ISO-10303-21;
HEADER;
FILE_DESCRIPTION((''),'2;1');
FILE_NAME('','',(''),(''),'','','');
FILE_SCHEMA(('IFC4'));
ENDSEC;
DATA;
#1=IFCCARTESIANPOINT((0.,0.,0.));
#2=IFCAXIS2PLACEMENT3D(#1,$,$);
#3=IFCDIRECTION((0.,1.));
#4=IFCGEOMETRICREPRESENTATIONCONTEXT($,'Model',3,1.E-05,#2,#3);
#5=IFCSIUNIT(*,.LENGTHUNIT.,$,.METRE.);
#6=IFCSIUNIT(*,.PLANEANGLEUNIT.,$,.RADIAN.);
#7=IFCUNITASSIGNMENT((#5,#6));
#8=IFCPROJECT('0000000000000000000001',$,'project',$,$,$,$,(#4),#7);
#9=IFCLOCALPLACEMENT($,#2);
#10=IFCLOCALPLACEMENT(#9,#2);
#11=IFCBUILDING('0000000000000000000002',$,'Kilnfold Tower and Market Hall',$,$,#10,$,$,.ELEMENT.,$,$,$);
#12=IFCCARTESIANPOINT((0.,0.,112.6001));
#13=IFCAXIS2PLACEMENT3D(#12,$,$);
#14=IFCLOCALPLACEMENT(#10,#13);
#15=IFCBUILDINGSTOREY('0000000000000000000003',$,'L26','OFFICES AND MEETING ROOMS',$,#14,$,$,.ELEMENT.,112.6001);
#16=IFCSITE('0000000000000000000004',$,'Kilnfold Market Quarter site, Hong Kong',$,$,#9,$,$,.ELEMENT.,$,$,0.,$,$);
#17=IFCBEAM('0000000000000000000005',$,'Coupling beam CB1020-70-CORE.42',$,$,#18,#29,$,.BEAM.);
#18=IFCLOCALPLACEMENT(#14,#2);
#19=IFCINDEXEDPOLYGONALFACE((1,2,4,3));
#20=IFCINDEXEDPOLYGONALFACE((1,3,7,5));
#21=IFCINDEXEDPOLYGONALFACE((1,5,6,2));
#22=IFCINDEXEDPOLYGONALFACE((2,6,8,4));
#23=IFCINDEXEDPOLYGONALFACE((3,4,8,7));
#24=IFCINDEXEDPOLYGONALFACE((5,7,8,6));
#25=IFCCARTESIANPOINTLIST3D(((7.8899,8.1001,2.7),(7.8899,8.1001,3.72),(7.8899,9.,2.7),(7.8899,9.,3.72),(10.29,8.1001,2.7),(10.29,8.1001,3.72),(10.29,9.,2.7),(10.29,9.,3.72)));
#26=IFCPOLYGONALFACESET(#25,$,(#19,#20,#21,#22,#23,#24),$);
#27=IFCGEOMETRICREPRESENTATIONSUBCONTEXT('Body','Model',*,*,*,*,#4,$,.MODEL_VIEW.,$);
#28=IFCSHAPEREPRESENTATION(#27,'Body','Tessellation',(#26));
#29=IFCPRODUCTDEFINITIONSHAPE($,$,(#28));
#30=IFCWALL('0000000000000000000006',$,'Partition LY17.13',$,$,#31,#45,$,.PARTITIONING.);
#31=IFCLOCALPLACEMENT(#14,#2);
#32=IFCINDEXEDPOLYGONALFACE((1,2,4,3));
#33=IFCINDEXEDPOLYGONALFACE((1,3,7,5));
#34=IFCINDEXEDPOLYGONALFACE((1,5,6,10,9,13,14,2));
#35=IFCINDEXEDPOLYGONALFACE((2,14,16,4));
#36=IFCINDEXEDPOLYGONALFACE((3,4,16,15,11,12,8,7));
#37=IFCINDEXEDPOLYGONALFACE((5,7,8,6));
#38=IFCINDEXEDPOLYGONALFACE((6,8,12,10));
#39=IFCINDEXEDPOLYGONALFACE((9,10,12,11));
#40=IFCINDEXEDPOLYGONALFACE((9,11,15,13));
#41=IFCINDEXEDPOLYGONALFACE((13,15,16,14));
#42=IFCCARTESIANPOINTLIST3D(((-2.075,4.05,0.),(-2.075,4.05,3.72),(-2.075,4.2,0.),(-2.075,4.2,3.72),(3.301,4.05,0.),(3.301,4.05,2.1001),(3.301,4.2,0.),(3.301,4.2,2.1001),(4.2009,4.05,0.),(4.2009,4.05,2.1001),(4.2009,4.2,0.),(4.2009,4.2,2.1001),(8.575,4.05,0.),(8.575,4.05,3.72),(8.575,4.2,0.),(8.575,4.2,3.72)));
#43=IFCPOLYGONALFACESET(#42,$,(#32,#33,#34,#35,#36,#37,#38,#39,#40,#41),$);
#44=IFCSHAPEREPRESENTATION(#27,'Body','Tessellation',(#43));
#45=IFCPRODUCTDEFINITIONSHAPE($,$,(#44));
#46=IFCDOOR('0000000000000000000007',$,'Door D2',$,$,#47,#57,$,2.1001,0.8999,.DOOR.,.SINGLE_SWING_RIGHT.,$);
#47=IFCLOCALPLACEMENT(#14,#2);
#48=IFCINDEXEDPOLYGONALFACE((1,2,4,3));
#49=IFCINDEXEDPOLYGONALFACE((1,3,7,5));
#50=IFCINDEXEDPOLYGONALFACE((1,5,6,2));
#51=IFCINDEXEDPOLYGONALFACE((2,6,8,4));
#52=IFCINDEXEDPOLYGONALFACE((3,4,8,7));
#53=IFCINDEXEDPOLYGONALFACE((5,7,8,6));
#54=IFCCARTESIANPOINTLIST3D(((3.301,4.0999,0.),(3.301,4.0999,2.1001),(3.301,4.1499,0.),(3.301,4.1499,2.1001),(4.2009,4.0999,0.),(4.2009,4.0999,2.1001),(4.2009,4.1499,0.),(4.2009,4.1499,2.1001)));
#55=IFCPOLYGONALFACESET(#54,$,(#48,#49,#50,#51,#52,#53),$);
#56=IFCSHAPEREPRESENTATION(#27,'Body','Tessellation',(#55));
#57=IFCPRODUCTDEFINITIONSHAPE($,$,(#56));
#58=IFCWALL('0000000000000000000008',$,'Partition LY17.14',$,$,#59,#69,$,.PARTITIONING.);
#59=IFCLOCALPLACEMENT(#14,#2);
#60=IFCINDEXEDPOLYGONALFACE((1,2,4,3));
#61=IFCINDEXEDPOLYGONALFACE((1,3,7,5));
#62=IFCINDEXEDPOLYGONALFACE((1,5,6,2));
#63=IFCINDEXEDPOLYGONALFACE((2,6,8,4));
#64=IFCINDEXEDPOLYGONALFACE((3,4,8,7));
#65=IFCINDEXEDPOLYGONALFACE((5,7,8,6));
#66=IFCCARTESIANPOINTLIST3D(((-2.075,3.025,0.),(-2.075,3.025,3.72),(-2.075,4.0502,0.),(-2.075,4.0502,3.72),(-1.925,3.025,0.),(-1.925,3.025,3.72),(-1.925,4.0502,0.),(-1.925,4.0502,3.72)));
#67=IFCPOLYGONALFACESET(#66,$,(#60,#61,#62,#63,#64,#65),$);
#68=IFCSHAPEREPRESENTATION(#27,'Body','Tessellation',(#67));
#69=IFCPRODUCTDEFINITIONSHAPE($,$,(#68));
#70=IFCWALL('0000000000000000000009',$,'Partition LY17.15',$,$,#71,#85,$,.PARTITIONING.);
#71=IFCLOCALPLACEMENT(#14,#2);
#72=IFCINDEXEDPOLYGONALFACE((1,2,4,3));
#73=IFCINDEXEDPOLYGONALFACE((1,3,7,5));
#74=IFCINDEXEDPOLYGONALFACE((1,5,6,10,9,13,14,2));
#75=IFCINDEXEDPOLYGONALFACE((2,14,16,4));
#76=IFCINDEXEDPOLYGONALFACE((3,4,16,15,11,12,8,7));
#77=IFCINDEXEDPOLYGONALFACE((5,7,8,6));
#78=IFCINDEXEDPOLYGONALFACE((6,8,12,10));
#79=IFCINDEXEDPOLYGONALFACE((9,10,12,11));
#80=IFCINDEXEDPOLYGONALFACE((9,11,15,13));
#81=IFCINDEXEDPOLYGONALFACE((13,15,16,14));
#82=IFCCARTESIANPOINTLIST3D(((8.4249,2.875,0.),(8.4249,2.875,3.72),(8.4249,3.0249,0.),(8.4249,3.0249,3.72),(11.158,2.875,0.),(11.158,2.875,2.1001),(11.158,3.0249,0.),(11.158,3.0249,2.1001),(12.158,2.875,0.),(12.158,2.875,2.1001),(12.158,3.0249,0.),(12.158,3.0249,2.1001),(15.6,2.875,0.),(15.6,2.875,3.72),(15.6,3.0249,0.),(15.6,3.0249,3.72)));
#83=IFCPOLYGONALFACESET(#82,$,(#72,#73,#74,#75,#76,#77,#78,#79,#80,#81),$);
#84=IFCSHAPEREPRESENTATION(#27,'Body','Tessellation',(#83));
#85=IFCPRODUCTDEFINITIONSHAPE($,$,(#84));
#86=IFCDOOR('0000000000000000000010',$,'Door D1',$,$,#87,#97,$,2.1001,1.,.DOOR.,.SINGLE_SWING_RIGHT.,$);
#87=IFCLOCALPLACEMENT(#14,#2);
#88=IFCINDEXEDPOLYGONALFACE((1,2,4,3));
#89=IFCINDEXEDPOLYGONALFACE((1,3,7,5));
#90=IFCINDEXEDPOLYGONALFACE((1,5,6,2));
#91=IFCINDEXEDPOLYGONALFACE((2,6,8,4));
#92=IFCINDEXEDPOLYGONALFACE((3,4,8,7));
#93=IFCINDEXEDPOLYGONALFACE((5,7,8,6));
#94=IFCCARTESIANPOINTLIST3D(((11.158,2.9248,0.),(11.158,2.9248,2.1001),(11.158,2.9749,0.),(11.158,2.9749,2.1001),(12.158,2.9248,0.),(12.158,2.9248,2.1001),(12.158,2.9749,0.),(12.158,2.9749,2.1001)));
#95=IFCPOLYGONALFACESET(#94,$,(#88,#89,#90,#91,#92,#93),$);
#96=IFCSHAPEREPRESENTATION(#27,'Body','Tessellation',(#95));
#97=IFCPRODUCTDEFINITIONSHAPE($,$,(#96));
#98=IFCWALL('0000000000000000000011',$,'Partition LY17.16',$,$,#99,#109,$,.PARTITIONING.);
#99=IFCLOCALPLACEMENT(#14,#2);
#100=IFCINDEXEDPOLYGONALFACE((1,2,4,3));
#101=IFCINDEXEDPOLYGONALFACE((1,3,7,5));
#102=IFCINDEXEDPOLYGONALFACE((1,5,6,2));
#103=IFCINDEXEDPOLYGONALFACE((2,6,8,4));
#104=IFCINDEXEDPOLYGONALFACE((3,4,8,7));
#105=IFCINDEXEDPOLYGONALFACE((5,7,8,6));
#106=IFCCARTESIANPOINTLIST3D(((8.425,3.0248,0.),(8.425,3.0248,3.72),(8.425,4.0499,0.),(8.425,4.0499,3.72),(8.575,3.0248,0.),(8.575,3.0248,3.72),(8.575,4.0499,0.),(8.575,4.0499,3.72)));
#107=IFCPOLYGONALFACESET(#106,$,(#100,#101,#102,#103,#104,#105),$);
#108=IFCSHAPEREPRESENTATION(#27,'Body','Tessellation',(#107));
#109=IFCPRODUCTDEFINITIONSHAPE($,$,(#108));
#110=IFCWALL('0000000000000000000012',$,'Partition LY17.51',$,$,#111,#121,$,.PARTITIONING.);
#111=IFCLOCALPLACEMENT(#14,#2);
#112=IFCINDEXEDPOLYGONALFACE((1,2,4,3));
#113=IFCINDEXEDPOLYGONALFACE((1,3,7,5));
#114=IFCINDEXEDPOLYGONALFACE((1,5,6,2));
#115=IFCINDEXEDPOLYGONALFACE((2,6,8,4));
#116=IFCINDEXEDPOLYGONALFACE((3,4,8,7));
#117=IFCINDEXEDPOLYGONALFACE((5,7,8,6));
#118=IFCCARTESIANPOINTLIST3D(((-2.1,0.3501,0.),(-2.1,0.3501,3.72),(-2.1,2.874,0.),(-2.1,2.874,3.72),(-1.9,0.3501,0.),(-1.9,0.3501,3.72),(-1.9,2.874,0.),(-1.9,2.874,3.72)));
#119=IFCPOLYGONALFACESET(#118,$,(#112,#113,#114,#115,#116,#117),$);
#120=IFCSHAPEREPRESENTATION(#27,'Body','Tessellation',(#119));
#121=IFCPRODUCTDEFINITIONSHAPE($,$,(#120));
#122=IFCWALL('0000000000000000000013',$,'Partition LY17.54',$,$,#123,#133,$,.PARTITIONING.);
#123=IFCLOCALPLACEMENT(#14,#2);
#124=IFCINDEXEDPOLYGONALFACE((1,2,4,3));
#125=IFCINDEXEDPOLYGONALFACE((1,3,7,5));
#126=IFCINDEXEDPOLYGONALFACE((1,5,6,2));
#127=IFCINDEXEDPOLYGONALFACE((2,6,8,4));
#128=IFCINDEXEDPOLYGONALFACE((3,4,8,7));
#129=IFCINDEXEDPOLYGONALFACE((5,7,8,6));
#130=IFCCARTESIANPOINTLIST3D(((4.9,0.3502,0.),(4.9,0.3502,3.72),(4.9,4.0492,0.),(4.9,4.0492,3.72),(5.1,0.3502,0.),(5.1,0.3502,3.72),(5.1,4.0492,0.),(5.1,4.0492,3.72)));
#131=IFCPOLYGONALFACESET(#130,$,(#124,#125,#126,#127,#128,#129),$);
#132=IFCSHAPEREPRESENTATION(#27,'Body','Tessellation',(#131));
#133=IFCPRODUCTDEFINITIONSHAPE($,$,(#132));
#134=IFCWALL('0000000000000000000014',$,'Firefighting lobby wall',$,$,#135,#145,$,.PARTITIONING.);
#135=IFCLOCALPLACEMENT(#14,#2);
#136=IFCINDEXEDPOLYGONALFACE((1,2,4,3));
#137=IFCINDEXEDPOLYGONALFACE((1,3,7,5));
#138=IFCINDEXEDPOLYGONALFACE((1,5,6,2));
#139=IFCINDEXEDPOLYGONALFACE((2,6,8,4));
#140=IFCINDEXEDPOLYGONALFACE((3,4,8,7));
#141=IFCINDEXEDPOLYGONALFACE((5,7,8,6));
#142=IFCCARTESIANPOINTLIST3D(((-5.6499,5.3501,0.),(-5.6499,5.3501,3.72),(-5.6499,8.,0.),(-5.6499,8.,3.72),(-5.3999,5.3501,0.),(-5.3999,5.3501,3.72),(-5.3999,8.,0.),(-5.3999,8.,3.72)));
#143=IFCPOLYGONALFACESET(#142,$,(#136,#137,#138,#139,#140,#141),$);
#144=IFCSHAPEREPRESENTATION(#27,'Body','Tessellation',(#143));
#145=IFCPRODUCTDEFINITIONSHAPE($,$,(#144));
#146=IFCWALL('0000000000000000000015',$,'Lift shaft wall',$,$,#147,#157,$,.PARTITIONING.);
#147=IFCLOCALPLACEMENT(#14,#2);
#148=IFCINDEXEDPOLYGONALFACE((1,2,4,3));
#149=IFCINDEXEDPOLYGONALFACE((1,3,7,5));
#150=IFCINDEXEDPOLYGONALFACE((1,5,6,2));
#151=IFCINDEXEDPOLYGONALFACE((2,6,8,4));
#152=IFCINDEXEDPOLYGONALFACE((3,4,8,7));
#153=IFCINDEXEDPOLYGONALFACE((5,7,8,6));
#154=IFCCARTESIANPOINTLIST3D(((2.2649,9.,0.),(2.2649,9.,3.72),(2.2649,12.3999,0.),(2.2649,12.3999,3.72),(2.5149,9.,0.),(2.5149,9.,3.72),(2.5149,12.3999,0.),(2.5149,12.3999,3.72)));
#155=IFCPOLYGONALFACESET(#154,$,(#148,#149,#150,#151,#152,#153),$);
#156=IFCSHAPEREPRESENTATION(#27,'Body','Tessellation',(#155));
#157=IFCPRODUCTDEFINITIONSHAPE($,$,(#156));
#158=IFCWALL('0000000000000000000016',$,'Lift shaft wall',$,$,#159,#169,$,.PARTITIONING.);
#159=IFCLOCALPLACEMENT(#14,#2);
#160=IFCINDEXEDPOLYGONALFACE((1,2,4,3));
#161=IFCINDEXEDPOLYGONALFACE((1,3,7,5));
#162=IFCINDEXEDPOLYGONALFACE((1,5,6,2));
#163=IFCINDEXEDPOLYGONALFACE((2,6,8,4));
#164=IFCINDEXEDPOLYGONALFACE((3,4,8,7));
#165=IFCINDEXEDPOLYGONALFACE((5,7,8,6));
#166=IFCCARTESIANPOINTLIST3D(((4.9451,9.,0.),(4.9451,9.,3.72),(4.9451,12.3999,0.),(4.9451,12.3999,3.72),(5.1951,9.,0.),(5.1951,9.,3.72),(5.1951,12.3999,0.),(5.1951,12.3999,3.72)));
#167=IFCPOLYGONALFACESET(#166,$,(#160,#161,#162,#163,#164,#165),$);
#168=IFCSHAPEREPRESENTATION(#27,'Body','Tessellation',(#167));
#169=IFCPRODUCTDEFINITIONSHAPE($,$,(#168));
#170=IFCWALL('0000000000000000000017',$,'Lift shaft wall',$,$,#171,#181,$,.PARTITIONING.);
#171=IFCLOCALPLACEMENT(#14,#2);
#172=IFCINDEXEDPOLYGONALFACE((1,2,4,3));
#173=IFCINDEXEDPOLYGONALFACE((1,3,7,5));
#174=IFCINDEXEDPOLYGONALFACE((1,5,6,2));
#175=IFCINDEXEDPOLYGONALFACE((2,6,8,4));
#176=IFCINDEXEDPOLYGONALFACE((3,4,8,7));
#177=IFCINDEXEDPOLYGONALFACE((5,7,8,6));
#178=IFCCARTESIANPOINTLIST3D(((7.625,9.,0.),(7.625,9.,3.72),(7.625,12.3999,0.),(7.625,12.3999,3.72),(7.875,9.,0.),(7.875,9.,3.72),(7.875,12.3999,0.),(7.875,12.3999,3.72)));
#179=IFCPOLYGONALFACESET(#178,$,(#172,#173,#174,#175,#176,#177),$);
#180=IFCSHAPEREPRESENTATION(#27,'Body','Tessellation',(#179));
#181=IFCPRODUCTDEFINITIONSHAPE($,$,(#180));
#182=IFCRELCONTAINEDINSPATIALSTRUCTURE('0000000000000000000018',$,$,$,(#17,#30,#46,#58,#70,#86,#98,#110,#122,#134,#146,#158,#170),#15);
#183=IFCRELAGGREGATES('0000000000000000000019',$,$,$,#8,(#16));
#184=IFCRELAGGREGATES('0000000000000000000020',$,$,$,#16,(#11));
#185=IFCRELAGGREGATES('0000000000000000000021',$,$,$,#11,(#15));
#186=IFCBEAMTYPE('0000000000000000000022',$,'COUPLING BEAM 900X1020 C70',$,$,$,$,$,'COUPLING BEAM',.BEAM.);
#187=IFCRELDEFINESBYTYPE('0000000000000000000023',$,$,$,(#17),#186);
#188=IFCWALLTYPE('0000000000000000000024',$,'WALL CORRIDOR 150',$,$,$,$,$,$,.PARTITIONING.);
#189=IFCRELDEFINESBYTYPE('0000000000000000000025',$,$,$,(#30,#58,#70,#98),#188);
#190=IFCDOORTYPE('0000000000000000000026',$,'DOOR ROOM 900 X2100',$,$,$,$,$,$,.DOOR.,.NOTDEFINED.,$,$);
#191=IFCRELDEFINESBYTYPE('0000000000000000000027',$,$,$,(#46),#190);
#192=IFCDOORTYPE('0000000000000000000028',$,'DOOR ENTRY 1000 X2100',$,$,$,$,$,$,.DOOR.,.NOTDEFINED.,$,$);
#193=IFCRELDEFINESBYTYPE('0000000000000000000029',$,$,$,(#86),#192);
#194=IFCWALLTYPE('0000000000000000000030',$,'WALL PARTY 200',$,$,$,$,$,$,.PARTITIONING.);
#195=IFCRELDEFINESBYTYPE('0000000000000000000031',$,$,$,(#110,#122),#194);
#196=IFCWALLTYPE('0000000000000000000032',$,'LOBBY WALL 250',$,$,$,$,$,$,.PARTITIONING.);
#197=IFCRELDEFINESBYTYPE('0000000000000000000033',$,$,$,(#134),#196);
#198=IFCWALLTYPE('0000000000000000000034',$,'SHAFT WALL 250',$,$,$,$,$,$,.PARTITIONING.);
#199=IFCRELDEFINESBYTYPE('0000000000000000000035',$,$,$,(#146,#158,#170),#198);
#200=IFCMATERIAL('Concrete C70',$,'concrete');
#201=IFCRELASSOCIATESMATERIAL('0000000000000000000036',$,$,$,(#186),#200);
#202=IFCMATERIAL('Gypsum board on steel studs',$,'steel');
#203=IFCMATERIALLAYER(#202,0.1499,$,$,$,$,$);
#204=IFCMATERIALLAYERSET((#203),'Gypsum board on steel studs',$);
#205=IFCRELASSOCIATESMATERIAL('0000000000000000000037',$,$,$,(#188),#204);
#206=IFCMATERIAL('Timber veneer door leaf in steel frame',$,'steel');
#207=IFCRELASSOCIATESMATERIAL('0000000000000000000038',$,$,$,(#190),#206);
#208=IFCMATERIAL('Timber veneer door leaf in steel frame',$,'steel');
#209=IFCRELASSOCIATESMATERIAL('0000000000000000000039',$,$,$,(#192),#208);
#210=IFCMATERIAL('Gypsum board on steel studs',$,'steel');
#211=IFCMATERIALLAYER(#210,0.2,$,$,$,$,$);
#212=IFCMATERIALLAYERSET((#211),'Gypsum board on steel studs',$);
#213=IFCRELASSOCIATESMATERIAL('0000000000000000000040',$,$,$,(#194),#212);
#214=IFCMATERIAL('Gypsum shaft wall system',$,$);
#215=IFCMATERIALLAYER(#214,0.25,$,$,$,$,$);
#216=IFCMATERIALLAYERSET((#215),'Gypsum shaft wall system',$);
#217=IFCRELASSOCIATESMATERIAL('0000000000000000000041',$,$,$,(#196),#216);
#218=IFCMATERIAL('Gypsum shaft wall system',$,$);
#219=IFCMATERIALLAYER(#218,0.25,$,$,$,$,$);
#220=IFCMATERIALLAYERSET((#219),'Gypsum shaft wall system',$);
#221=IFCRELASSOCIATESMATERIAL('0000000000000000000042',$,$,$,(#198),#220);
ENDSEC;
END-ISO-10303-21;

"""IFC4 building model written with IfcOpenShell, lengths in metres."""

from ifc_helpers import new_model, si_unit, direction, frame, frame_2d, origin, origin_2d, place, context, subcontext, project, spatial, rectangle, extrude, source, transform, mapped, material, layer, layer_set, material_profile, profile_set, type_object, element, fill, save


model = new_model("IFC4")

# Units and contexts
model_context = context("Model", 3, precision=1e-05, world=origin(), true_north=direction((0.0, 1.0)))
body_context = subcontext(model_context, "Body", "Model", "MODEL_VIEW")
ifc_project = project(units=[si_unit("LENGTHUNIT", "METRE"), si_unit("PLANEANGLEUNIT", "RADIAN")], contexts=[model_context])

# Site, building, storey
site_placement = place(None, origin())
site = spatial("IfcSite", under=ifc_project, at=site_placement, Name="Kilnfold Market Quarter site, Hong Kong", CompositionType="ELEMENT", RefElevation=0.0)
building_placement = place(site_placement, origin())
building = spatial("IfcBuilding", under=site, at=building_placement, Name="Kilnfold Tower and Market Hall", CompositionType="ELEMENT")
storey_placement = place(building_placement, frame((0.0, 0.0, 112.6001)))
storey = spatial("IfcBuildingStorey", under=building, at=storey_placement, Name="L26", Description="OFFICES AND MEETING ROOMS", CompositionType="ELEMENT", Elevation=112.6001)

# Beam
ifc_material_1 = material(Name="Concrete C70", Category="concrete")
ifc_material_profile = material_profile(ifc_material_1, rectangle(XDim=0.8999, YDim=1.02, at=origin_2d()), Name="RC 900x1020")
ifc_profile_set = profile_set([ifc_material_profile], Name="Concrete C70")
beam_type = type_object("IfcBeamType", Name="COUPLING BEAM 900X1020 C70", ElementType="COUPLING BEAM", PredefinedType="BEAM", material=ifc_profile_set)
shared_shape_1 = source(origin(), body_context, "Body", "SweptSolid", [
    extrude(rectangle(XDim=0.8999, YDim=1.02, at=origin_2d()), origin(), (0.0, 0.0, 1.0), 2.4001),
])
beam_placement = place(storey_placement, frame((7.8899, 8.55, 3.21), z_axis=(1.0, 0.0, 0.0), x_axis=(0.0, 1.0, 0.0)))
element("IfcBeam", 1, at=beam_placement, inside=storey, type_object=beam_type, Name="Coupling beam CB1020-70-CORE.42", PredefinedType="BEAM", context=body_context, shape_type="MappedRepresentation", body=[
    mapped(shared_shape_1, transform((0.0, 0.0, 0.0))),
])

# Wall, opening, door
ifc_material_2 = material(Name="Gypsum board on steel studs", Category="steel")
ifc_layer_1 = layer(ifc_material_2, 0.1499)
ifc_layer_set_1 = layer_set([ifc_layer_1], Name="Gypsum board on steel studs")
wall_type_1 = type_object("IfcWallType", Name="WALL CORRIDOR 150", PredefinedType="PARTITIONING", material=ifc_layer_set_1)
wall_1_placement = place(storey_placement, frame((-2.075, 4.125, 0.0), z_axis=(0.0, 0.0, 1.0), x_axis=(1.0, 0.0, 0.0)))
wall_1 = element("IfcWall", 2, at=wall_1_placement, inside=storey, type_object=wall_type_1, Name="Partition LY17.13", PredefinedType="PARTITIONING", context=body_context, shape_type="SweptSolid", body=[
    extrude(rectangle(XDim=10.6499, YDim=0.1499, at=frame_2d((5.325, 0.0))), origin(), (0.0, 0.0, 1.0), 3.72),
])
opening_1_placement = place(wall_1_placement, frame((5.376, 0.0, 0.0)))
opening_1 = element("IfcOpeningElement", 3, at=opening_1_placement, cuts=wall_1, PredefinedType="OPENING", context=body_context, shape_type="SweptSolid", body=[
    extrude(rectangle(XDim=0.8999, YDim=2.1001, at=frame_2d((0.45, 1.05))), frame((0.0, 0.085, 0.0), z_axis=(0.0, -1.0, 0.0), x_axis=(1.0, 0.0, 0.0)), (0.0, 0.0, 1.0), 0.1699),
])
ifc_material_3 = material(Name="Timber veneer door leaf in steel frame", Category="steel")
door_type_1 = type_object("IfcDoorType", Name="DOOR ROOM 900 X2100", OperationType="NOTDEFINED", PredefinedType="DOOR", material=ifc_material_3)
door_1_placement = place(opening_1_placement, origin())
door_1 = element("IfcDoor", 4, at=door_1_placement, inside=storey, type_object=door_type_1, Name="Door D2", OperationType="SINGLE_SWING_RIGHT", OverallHeight=2.1001, OverallWidth=0.8999, PredefinedType="DOOR", context=body_context, shape_type="SweptSolid", body=[
    extrude(rectangle(XDim=0.8999, YDim=2.1001, at=frame_2d((0.45, 1.05))), frame((0.0, 0.0249, 0.0), z_axis=(0.0, -1.0, 0.0), x_axis=(1.0, 0.0, 0.0)), (0.0, 0.0, 1.0), 0.05),
])
fill(opening_1, door_1)

# Wall
wall_2_placement = place(storey_placement, frame((-2.0, 3.0249, 0.0), z_axis=(0.0, 0.0, 1.0), x_axis=(0.0, 1.0, 0.0)))
element("IfcWall", 5, at=wall_2_placement, inside=storey, type_object=wall_type_1, Name="Partition LY17.14", PredefinedType="PARTITIONING", context=body_context, shape_type="SweptSolid", body=[
    extrude(rectangle(XDim=1.0251, YDim=0.1499, at=frame_2d((0.5127, 0.0))), origin(), (0.0, 0.0, 1.0), 3.72),
])

# Wall, opening, door
wall_3_placement = place(storey_placement, frame((8.425, 2.95, 0.0), z_axis=(0.0, 0.0, 1.0), x_axis=(1.0, 0.0, 0.0)))
wall_3 = element("IfcWall", 6, at=wall_3_placement, inside=storey, type_object=wall_type_1, Name="Partition LY17.15", PredefinedType="PARTITIONING", context=body_context, shape_type="SweptSolid", body=[
    extrude(rectangle(XDim=7.175, YDim=0.1499, at=frame_2d((3.5874, 0.0))), origin(), (0.0, 0.0, 1.0), 3.72),
])
opening_2_placement = place(wall_3_placement, frame((2.7329, 0.0, 0.0)))
opening_2 = element("IfcOpeningElement", 7, at=opening_2_placement, cuts=wall_3, PredefinedType="OPENING", context=body_context, shape_type="SweptSolid", body=[
    extrude(rectangle(XDim=1.0, YDim=2.1001, at=frame_2d((0.5, 1.05))), frame((0.0, 0.085, 0.0), z_axis=(0.0, -1.0, 0.0), x_axis=(1.0, 0.0, 0.0)), (0.0, 0.0, 1.0), 0.1699),
])
ifc_material_4 = material(Name="Timber veneer door leaf in steel frame", Category="steel")
door_type_2 = type_object("IfcDoorType", Name="DOOR ENTRY 1000 X2100", OperationType="NOTDEFINED", PredefinedType="DOOR", material=ifc_material_4)
door_2_placement = place(opening_2_placement, origin())
door_2 = element("IfcDoor", 8, at=door_2_placement, inside=storey, type_object=door_type_2, Name="Door D1", OperationType="SINGLE_SWING_RIGHT", OverallHeight=2.1001, OverallWidth=1.0, PredefinedType="DOOR", context=body_context, shape_type="SweptSolid", body=[
    extrude(rectangle(XDim=1.0, YDim=2.1001, at=frame_2d((0.5, 1.05))), frame((0.0, 0.0249, 0.0), z_axis=(0.0, -1.0, 0.0), x_axis=(1.0, 0.0, 0.0)), (0.0, 0.0, 1.0), 0.05),
])
fill(opening_2, door_2)

# Walls
wall_4_placement = place(storey_placement, frame((8.5, 4.05, 0.0), z_axis=(0.0, 0.0, 1.0), x_axis=(0.0, -1.0, 0.0)))
element("IfcWall", 9, at=wall_4_placement, inside=storey, type_object=wall_type_1, Name="Partition LY17.16", PredefinedType="PARTITIONING", context=body_context, shape_type="SweptSolid", body=[
    extrude(rectangle(XDim=1.0251, YDim=0.1499, at=frame_2d((0.5127, 0.0))), origin(), (0.0, 0.0, 1.0), 3.72),
])
ifc_material_5 = material(Name="Gypsum board on steel studs", Category="steel")
ifc_layer_2 = layer(ifc_material_5, 0.2)
ifc_layer_set_2 = layer_set([ifc_layer_2], Name="Gypsum board on steel studs")
wall_type_2 = type_object("IfcWallType", Name="WALL PARTY 200", PredefinedType="PARTITIONING", material=ifc_layer_set_2)
wall_5_placement = place(storey_placement, frame((-2.0, 0.3501, 0.0), z_axis=(0.0, 0.0, 1.0), x_axis=(0.0, 1.0, 0.0)))
element("IfcWall", 10, at=wall_5_placement, inside=storey, type_object=wall_type_2, Name="Partition LY17.51", PredefinedType="PARTITIONING", context=body_context, shape_type="SweptSolid", body=[
    extrude(rectangle(XDim=2.5239, YDim=0.2, at=frame_2d((1.262, 0.0))), origin(), (0.0, 0.0, 1.0), 3.72),
])
wall_6_placement = place(storey_placement, frame((5.0, 0.3501, 0.0), z_axis=(0.0, 0.0, 1.0), x_axis=(0.0, 1.0, 0.0)))
element("IfcWall", 11, at=wall_6_placement, inside=storey, type_object=wall_type_2, Name="Partition LY17.54", PredefinedType="PARTITIONING", context=body_context, shape_type="SweptSolid", body=[
    extrude(rectangle(XDim=3.699, YDim=0.2, at=frame_2d((1.8496, 0.0))), origin(), (0.0, 0.0, 1.0), 3.72),
])
ifc_material_6 = material(Name="Gypsum shaft wall system")
ifc_layer_3 = layer(ifc_material_6, 0.25)
ifc_layer_set_3 = layer_set([ifc_layer_3], Name="Gypsum shaft wall system")
wall_type_3 = type_object("IfcWallType", Name="LOBBY WALL 250", PredefinedType="PARTITIONING", material=ifc_layer_set_3)
shared_shape_2 = source(origin(), body_context, "Body", "SweptSolid", [
    extrude(rectangle(XDim=2.6499, YDim=0.25, at=frame_2d((1.325, 0.0))), origin(), (0.0, 0.0, 1.0), 3.72),
])
wall_7_placement = place(storey_placement, frame((-5.5249, 5.3501, 0.0), z_axis=(0.0, 0.0, 1.0), x_axis=(0.0, 1.0, 0.0)))
element("IfcWall", 12, at=wall_7_placement, inside=storey, type_object=wall_type_3, Name="Firefighting lobby wall", PredefinedType="PARTITIONING", context=body_context, shape_type="MappedRepresentation", body=[
    mapped(shared_shape_2, transform((0.0, 0.0, 0.0))),
])
ifc_material_7 = material(Name="Gypsum shaft wall system")
ifc_layer_4 = layer(ifc_material_7, 0.25)
ifc_layer_set_4 = layer_set([ifc_layer_4], Name="Gypsum shaft wall system")
wall_type_4 = type_object("IfcWallType", Name="SHAFT WALL 250", PredefinedType="PARTITIONING", material=ifc_layer_set_4)
shared_shape_3 = source(origin(), body_context, "Body", "SweptSolid", [
    extrude(rectangle(XDim=3.3999, YDim=0.25, at=frame_2d((1.7, 0.0))), origin(), (0.0, 0.0, 1.0), 3.72),
])
for number, where, z_axis, x_axis, name in (
    (13, (2.3899, 9.0, 0.0), (0.0, 0.0, 1.0), (0.0, 1.0, 0.0), "Lift shaft wall"),
    (14, (5.0701, 9.0, 0.0), (0.0, 0.0, 1.0), (0.0, 1.0, 0.0), "Lift shaft wall"),
    (15, (7.75, 9.0, 0.0), (0.0, 0.0, 1.0), (0.0, 1.0, 0.0), "Lift shaft wall"),
):
    element("IfcWall", number, at=place(storey_placement, frame(where, z_axis=z_axis, x_axis=x_axis)), inside=storey, type_object=wall_type_4, Name=name, PredefinedType="PARTITIONING", context=body_context, shape_type="MappedRepresentation", body=[
        mapped(shared_shape_3, transform((0.0, 0.0, 0.0))),
    ])

save(model, "model.ifc")
